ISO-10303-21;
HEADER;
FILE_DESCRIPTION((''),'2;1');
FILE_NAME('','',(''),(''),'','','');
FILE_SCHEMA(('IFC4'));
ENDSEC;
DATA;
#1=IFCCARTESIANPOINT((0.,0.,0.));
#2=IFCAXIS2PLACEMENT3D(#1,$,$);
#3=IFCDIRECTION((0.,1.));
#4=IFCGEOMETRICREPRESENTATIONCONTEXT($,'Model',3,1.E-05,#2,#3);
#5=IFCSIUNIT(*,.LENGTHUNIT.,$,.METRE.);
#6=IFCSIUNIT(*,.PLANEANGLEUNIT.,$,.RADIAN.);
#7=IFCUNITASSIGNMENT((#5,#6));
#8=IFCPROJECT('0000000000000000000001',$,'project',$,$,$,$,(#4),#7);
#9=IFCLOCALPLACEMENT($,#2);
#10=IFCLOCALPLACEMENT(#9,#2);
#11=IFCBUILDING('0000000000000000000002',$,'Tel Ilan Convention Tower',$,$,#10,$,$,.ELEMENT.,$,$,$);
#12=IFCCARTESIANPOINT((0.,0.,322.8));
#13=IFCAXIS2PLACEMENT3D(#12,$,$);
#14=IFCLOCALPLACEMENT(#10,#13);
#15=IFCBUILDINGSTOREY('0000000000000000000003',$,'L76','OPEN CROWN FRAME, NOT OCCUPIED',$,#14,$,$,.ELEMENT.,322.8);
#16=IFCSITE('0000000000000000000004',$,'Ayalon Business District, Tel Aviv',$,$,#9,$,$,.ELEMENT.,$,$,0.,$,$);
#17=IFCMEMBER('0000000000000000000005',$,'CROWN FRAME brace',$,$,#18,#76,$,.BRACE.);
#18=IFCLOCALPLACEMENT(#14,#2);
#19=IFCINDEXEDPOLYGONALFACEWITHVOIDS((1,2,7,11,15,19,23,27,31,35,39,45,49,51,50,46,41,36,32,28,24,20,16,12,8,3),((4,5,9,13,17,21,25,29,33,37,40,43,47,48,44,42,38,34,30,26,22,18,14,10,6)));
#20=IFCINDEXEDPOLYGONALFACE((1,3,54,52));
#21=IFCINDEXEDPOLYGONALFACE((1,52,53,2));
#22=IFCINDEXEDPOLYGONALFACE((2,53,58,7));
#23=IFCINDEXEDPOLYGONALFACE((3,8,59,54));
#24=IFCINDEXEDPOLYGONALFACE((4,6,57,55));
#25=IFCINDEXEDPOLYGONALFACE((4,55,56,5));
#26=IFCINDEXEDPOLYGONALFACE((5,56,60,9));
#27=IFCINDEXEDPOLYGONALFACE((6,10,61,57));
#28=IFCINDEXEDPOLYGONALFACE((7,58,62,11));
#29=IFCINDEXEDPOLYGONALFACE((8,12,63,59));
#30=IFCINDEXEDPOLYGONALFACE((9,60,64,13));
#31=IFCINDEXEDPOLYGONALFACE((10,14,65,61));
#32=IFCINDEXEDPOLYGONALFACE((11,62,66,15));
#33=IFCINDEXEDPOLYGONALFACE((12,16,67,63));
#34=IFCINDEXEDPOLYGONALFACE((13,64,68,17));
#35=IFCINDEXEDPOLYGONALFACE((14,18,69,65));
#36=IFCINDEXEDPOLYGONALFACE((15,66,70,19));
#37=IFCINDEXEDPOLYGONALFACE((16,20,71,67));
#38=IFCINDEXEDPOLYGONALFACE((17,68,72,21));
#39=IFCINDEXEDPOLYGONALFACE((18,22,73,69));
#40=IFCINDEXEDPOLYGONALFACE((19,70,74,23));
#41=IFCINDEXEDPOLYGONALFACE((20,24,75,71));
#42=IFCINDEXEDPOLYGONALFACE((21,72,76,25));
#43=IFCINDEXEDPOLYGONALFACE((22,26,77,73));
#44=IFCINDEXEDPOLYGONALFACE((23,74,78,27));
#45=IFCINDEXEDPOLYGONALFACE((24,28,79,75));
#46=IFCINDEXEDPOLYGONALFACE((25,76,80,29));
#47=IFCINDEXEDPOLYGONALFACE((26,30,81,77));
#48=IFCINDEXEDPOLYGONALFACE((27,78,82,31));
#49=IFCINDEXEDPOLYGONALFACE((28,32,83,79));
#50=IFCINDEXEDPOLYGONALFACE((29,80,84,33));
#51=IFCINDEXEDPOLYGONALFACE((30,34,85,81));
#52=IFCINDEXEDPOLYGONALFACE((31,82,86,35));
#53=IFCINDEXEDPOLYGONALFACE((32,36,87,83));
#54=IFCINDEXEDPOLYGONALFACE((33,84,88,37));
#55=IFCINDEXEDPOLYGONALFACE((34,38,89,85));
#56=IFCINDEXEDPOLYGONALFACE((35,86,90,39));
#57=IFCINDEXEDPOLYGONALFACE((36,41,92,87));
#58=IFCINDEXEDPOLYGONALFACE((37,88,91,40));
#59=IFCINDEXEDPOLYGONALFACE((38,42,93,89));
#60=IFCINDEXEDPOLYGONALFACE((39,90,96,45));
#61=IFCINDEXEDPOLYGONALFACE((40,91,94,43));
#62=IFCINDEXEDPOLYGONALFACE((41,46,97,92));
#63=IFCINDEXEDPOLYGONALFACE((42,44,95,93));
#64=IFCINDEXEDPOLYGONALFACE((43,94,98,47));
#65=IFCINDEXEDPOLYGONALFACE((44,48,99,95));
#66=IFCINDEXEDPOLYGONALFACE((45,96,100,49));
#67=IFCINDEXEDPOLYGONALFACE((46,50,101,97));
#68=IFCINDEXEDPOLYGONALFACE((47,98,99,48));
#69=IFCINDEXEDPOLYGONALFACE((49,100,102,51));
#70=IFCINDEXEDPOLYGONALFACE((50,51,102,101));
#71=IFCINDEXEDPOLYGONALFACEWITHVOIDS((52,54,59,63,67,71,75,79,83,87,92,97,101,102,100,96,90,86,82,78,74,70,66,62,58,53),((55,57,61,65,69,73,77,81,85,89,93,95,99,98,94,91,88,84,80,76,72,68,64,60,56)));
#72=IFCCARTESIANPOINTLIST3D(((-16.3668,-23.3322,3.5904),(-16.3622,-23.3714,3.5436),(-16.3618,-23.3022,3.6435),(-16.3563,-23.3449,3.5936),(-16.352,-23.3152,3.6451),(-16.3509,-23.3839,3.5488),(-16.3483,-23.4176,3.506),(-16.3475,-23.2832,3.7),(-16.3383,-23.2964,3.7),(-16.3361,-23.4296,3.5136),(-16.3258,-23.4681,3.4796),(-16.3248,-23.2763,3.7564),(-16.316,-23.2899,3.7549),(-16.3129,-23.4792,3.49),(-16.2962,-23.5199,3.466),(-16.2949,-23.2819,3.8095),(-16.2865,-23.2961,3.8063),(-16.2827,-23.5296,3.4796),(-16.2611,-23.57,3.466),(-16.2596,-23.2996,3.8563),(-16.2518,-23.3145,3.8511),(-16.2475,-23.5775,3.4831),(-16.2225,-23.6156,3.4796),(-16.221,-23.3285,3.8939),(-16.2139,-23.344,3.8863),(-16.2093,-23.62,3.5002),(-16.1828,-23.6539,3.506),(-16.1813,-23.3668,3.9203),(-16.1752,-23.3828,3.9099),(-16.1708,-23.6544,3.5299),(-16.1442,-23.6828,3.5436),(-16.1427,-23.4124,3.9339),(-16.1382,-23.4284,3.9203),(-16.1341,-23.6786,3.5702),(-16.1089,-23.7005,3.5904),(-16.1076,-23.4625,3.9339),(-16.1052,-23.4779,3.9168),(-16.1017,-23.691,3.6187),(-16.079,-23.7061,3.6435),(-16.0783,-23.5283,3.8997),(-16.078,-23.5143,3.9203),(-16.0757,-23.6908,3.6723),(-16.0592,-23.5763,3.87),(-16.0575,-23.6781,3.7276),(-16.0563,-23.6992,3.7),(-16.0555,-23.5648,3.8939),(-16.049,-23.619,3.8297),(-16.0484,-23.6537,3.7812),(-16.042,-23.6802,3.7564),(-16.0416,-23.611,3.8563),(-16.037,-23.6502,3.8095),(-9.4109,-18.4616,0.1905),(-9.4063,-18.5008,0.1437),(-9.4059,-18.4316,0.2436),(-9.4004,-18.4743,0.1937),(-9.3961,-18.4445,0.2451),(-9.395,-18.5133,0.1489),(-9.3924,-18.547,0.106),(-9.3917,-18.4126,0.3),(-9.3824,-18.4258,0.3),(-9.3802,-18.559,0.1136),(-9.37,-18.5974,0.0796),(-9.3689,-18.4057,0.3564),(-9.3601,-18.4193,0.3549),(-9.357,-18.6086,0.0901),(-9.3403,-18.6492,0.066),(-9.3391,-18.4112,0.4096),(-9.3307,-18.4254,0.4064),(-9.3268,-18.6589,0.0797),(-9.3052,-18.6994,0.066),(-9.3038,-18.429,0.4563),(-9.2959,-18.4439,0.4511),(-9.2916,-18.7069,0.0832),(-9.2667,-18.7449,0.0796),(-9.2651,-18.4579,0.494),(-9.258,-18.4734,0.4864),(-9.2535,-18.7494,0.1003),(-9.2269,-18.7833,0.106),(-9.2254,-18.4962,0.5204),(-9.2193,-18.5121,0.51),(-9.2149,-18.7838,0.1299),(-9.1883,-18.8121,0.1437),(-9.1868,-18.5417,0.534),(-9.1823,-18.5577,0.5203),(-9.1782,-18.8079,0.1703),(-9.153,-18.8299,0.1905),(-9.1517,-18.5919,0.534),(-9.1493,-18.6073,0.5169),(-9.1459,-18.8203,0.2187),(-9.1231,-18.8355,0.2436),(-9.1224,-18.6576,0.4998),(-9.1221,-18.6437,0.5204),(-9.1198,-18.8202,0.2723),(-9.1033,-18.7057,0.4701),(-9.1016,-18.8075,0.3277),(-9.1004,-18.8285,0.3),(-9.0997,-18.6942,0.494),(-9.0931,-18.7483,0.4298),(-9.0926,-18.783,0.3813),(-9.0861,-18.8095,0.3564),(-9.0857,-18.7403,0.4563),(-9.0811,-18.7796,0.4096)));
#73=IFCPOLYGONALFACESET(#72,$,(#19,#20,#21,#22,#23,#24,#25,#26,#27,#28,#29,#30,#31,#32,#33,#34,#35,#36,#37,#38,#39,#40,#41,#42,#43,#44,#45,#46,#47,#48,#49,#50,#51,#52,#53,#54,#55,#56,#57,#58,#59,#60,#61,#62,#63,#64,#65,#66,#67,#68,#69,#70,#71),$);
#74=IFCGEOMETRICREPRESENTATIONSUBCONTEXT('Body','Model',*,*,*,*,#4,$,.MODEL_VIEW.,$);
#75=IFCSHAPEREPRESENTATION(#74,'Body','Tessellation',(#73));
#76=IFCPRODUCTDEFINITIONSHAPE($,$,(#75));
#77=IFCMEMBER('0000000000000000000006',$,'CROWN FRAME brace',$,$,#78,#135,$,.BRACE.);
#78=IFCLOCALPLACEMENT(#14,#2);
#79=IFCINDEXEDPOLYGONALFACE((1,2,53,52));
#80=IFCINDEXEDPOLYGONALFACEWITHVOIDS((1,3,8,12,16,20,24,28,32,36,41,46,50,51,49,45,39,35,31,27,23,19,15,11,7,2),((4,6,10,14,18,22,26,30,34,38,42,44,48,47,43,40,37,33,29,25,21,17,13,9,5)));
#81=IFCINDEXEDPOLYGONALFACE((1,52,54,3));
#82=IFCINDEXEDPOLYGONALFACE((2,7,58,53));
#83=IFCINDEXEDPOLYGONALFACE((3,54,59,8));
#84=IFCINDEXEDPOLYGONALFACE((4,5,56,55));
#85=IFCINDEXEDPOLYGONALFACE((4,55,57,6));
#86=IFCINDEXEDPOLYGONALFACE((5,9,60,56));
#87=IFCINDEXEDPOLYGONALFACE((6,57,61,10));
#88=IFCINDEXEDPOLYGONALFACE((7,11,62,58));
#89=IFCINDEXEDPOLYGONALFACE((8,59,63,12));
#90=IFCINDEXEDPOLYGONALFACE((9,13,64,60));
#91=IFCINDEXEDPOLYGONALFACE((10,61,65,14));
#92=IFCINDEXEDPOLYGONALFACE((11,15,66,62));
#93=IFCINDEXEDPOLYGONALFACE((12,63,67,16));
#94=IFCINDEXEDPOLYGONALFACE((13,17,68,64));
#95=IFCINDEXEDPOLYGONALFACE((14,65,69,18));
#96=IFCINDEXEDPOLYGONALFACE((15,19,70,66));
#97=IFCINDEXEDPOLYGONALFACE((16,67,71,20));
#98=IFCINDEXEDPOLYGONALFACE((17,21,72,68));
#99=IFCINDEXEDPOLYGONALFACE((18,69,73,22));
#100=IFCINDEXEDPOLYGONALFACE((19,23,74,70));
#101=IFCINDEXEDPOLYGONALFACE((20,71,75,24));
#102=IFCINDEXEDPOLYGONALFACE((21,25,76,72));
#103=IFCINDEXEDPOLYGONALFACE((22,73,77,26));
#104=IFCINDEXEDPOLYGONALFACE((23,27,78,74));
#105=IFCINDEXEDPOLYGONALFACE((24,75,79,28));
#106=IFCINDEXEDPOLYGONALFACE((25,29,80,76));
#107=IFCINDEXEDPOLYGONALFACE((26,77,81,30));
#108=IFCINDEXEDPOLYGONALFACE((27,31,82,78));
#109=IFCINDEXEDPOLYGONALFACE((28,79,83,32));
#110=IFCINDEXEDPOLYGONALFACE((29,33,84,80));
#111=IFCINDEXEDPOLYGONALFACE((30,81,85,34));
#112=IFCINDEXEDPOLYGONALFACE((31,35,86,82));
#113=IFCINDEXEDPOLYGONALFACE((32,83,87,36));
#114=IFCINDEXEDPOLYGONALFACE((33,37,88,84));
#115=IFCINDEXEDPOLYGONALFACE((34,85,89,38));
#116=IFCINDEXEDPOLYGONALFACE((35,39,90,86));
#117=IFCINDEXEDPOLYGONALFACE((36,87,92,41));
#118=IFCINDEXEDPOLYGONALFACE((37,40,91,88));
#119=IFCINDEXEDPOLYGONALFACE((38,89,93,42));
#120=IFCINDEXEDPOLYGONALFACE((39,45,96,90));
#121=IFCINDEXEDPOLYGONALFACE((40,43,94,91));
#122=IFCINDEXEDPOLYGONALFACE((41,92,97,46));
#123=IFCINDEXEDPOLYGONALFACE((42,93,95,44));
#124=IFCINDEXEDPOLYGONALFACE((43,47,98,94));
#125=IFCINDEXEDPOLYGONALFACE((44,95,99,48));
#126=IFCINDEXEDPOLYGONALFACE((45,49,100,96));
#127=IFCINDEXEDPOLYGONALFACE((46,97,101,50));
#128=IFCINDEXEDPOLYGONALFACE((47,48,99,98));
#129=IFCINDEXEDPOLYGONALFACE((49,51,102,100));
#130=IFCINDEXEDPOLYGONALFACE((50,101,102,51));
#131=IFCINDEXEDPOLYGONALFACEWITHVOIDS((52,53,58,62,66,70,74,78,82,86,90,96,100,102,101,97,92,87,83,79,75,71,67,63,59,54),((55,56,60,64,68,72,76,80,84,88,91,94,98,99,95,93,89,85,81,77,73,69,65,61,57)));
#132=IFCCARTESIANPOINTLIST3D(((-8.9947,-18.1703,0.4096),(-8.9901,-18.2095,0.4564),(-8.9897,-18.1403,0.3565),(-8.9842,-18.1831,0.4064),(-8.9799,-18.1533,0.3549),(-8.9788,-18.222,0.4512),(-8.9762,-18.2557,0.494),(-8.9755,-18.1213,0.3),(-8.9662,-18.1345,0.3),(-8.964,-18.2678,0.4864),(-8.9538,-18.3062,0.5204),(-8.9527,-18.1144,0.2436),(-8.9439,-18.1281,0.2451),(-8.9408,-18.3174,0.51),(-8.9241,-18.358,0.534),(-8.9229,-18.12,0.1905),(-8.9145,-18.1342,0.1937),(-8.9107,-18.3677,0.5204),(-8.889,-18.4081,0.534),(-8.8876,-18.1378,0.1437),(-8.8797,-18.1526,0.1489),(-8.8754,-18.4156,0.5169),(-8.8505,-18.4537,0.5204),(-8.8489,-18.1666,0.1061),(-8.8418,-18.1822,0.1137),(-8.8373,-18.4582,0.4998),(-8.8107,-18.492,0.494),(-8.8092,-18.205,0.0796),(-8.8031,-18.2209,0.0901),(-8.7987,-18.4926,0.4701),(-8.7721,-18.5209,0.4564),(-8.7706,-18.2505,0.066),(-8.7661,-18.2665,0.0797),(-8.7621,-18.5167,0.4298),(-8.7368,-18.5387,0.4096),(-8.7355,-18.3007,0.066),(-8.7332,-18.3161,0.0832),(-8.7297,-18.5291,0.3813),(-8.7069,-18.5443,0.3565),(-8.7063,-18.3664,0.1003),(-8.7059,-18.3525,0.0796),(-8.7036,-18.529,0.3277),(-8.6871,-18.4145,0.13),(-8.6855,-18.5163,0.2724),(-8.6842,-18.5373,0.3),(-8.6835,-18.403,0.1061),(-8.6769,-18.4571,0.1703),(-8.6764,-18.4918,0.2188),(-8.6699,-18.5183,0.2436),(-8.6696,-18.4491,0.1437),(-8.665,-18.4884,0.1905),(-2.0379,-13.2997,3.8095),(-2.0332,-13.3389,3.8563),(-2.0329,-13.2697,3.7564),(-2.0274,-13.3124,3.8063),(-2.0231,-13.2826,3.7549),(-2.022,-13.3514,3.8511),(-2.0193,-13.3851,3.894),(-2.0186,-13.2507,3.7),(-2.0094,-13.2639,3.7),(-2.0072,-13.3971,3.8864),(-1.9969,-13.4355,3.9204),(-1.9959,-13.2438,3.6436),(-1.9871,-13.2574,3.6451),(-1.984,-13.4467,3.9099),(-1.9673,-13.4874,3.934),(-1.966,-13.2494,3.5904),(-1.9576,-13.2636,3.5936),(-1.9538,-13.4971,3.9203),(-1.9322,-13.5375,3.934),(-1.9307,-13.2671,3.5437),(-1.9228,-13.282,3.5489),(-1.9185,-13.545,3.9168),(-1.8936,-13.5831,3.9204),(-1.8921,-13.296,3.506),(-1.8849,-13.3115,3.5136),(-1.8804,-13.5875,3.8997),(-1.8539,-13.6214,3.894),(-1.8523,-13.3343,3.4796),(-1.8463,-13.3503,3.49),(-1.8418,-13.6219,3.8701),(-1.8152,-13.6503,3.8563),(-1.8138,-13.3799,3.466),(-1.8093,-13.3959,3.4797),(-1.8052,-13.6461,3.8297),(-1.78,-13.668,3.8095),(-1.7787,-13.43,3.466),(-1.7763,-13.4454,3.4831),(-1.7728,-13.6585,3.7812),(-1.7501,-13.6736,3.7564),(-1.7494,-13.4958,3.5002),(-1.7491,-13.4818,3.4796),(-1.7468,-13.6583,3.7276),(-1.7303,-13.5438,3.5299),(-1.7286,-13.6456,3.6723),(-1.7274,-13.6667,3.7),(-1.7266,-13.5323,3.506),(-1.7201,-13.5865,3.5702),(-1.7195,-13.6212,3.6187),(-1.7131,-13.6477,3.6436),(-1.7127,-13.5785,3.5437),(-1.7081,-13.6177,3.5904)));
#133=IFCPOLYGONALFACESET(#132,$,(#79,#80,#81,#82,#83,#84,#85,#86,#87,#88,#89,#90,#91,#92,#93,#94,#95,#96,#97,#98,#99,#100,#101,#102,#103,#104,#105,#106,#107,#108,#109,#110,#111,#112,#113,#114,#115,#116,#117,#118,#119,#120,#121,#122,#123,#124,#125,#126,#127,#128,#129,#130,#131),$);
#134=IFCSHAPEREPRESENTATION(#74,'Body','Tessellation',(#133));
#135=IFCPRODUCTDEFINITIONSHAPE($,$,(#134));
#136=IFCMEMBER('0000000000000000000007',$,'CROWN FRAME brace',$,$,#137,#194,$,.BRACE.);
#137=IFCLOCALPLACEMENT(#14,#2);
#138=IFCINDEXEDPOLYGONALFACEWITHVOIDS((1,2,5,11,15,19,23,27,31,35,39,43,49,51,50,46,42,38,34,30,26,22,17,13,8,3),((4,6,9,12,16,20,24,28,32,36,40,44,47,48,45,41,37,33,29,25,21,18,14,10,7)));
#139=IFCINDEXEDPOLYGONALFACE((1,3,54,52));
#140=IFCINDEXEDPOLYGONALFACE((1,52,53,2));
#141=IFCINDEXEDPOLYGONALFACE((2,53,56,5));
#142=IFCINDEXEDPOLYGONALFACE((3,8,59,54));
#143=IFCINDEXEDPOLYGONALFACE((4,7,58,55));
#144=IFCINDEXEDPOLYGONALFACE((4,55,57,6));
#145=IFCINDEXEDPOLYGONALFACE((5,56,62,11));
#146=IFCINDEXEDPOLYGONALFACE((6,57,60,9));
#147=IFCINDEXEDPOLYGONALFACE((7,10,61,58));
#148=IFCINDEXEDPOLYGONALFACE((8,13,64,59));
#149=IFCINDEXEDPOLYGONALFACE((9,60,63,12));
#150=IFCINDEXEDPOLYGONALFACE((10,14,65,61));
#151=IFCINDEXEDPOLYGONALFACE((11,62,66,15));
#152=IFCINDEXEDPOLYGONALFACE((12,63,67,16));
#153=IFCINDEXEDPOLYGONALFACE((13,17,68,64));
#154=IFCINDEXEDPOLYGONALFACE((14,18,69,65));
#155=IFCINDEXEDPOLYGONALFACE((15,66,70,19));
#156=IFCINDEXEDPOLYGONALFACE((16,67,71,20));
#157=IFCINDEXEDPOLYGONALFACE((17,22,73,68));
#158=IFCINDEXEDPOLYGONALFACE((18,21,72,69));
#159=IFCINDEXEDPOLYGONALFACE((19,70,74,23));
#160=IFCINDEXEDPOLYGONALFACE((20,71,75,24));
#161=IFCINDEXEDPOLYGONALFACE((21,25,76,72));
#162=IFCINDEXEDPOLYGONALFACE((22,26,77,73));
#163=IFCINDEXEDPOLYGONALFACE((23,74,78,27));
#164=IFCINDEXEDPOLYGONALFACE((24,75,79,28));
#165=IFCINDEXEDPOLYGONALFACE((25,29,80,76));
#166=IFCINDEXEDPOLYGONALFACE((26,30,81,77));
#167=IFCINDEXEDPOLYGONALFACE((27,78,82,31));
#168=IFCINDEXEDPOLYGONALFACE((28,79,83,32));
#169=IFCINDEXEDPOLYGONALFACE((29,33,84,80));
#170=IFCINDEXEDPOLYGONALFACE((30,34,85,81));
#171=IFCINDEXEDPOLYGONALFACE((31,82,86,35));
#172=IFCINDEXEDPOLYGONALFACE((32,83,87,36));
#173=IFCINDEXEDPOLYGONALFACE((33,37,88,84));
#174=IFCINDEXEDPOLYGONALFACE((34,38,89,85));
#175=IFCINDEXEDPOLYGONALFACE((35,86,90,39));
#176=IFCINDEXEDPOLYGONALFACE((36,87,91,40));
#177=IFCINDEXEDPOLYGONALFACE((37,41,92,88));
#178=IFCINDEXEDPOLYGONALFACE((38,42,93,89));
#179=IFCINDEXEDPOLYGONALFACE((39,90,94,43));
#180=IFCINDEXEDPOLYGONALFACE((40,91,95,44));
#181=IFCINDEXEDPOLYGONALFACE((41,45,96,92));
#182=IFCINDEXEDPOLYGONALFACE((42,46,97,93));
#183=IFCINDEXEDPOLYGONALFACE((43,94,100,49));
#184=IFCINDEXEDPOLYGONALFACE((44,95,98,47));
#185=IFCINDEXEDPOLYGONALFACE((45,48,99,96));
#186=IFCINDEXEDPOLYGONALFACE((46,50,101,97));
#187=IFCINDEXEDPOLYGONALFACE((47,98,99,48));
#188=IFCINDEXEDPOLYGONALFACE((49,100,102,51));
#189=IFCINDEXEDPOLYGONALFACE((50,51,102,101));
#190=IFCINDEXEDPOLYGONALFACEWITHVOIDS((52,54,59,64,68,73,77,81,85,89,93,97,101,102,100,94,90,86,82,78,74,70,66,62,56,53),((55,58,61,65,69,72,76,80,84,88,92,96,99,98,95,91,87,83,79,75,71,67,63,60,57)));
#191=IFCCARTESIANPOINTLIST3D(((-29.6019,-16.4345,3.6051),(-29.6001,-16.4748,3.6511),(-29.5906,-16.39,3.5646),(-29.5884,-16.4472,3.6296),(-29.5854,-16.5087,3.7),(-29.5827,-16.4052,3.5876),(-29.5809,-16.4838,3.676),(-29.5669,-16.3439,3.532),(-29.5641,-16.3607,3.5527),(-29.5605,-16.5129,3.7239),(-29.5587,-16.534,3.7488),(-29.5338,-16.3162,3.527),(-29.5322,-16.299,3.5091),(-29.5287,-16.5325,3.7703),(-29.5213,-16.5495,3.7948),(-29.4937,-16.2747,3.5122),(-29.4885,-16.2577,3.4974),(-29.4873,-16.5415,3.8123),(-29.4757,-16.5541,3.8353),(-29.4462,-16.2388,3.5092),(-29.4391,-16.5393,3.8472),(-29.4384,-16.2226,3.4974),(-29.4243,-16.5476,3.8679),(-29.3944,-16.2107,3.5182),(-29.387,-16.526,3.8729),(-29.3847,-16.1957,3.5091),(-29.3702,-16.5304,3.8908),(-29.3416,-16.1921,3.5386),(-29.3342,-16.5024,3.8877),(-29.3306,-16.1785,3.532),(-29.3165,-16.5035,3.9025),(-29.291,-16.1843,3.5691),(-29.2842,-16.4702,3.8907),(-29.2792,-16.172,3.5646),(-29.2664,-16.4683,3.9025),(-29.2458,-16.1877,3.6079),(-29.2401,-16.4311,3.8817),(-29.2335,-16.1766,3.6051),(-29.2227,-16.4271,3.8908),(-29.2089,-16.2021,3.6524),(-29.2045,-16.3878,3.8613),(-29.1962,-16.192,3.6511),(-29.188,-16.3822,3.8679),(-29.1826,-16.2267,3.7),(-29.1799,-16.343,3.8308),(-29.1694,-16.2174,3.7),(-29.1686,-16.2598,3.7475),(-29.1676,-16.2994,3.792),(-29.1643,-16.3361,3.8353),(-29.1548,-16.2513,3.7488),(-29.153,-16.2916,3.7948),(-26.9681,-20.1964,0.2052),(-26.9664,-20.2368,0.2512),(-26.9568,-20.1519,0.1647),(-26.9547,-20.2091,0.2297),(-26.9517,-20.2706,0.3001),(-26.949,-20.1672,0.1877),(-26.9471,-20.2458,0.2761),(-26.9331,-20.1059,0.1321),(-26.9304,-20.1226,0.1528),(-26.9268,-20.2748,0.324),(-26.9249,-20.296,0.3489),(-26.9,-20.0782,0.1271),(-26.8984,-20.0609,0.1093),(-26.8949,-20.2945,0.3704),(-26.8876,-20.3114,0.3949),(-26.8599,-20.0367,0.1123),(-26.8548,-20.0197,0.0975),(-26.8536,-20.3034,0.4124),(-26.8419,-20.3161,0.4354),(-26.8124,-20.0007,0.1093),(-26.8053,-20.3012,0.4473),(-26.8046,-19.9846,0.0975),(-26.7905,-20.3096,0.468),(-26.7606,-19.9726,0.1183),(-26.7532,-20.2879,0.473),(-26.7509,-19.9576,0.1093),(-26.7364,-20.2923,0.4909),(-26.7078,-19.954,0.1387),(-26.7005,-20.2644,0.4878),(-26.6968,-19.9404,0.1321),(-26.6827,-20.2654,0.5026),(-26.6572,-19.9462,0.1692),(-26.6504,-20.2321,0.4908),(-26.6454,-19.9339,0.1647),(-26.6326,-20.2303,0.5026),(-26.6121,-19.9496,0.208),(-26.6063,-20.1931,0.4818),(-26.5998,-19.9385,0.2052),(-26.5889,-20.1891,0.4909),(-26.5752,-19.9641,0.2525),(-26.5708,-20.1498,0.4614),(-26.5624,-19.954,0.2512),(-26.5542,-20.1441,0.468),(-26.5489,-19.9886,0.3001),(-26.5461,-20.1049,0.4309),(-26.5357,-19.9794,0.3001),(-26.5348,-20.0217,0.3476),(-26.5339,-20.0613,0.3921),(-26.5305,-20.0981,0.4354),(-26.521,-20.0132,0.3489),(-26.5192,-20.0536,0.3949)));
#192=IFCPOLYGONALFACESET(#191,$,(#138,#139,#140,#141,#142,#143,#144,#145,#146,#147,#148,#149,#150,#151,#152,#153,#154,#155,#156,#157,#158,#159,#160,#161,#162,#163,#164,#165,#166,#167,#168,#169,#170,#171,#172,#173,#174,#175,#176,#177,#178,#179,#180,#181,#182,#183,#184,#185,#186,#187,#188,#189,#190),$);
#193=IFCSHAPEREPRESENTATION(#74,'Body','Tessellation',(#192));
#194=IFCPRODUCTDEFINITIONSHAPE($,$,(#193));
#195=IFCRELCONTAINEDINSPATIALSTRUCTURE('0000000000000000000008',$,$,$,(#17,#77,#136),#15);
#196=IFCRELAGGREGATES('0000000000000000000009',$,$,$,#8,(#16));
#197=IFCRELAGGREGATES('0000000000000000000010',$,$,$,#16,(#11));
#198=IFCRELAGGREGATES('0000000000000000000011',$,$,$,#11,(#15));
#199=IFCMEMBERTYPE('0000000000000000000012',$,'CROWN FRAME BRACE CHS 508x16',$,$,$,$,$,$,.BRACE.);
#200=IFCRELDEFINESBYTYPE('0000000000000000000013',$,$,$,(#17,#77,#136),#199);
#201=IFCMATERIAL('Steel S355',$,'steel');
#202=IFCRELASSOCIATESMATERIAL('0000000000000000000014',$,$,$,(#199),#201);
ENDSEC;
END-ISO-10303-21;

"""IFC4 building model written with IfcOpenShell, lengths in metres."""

from ifc_helpers import new_model, si_unit, direction, frame, origin, origin_2d, place, context, subcontext, project, spatial, hollow_circle, extrude, material, material_profile, profile_set, type_object, element, save


model = new_model("IFC4")

# Units and contexts
model_context = context("Model", 3, precision=1e-05, world=origin(), true_north=direction((0.0, 1.0)))
body_context = subcontext(model_context, "Body", "Model", "MODEL_VIEW")
ifc_project = project(units=[si_unit("LENGTHUNIT", "METRE"), si_unit("PLANEANGLEUNIT", "RADIAN")], contexts=[model_context])

# Site, building, storey
site_placement = place(None, origin())
site = spatial("IfcSite", under=ifc_project, at=site_placement, Name="Ayalon Business District, Tel Aviv", CompositionType="ELEMENT", RefElevation=0.0)
building_placement = place(site_placement, origin())
building = spatial("IfcBuilding", under=site, at=building_placement, Name="Tel Ilan Convention Tower", CompositionType="ELEMENT")
storey_placement = place(building_placement, frame((0.0, 0.0, 322.8)))
storey = spatial("IfcBuildingStorey", under=building, at=storey_placement, Name="L76", Description="OPEN CROWN FRAME, NOT OCCUPIED", CompositionType="ELEMENT", Elevation=322.8)

# Members
ifc_material_1 = material(Name="Steel S355", Category="steel")
ifc_material_profile_1 = material_profile(ifc_material_1, hollow_circle(Radius=0.2539, WallThickness=0.0161, at=origin_2d()), Name="CHS 508x16")
ifc_profile_set_1 = profile_set([ifc_material_profile_1], Name="Steel S355")
member_type = type_object("IfcMemberType", Name="CROWN FRAME BRACE CHS 508x16", PredefinedType="BRACE", material=ifc_profile_set_1)
member_1_placement = place(storey_placement, frame((-16.2019, -23.4912, 3.7), z_axis=(0.760457, 0.532488, -0.371701), x_axis=(-0.573584, 0.819147, 0.0)))
element("IfcMember", 1, at=member_1_placement, inside=storey, type_object=member_type, Name="CROWN FRAME brace", PredefinedType="BRACE", context=body_context, shape_type="SweptSolid", body=[
    extrude(hollow_circle(Radius=0.2539, WallThickness=0.0161, at=origin_2d()), origin(), (0.0, 0.0, 1.0), 9.147),
])
member_2_placement = place(storey_placement, frame((-8.8298, -18.3293, 0.3), z_axis=(0.760502, 0.532445, 0.371671), x_axis=(-0.57353, 0.819185, 0.0)))
element("IfcMember", 2, at=member_2_placement, inside=storey, type_object=member_type, Name="CROWN FRAME brace", PredefinedType="BRACE", context=body_context, shape_type="SweptSolid", body=[
    extrude(hollow_circle(Radius=0.2539, WallThickness=0.0161, at=origin_2d()), origin(), (0.0, 0.0, 1.0), 9.1477),
])
member_3_placement = place(storey_placement, frame((-29.3774, -16.363, 3.7), z_axis=(0.460945, -0.658389, -0.595024), x_axis=(0.819189, 0.573523, 0.0)))
element("IfcMember", 3, at=member_3_placement, inside=storey, type_object=member_type, Name="CROWN FRAME brace", PredefinedType="BRACE", context=body_context, shape_type="SweptSolid", body=[
    extrude(hollow_circle(Radius=0.2539, WallThickness=0.0161, at=origin_2d()), origin(), (0.0, 0.0, 1.0), 5.7139),
])

save(model, "model.ifc")
